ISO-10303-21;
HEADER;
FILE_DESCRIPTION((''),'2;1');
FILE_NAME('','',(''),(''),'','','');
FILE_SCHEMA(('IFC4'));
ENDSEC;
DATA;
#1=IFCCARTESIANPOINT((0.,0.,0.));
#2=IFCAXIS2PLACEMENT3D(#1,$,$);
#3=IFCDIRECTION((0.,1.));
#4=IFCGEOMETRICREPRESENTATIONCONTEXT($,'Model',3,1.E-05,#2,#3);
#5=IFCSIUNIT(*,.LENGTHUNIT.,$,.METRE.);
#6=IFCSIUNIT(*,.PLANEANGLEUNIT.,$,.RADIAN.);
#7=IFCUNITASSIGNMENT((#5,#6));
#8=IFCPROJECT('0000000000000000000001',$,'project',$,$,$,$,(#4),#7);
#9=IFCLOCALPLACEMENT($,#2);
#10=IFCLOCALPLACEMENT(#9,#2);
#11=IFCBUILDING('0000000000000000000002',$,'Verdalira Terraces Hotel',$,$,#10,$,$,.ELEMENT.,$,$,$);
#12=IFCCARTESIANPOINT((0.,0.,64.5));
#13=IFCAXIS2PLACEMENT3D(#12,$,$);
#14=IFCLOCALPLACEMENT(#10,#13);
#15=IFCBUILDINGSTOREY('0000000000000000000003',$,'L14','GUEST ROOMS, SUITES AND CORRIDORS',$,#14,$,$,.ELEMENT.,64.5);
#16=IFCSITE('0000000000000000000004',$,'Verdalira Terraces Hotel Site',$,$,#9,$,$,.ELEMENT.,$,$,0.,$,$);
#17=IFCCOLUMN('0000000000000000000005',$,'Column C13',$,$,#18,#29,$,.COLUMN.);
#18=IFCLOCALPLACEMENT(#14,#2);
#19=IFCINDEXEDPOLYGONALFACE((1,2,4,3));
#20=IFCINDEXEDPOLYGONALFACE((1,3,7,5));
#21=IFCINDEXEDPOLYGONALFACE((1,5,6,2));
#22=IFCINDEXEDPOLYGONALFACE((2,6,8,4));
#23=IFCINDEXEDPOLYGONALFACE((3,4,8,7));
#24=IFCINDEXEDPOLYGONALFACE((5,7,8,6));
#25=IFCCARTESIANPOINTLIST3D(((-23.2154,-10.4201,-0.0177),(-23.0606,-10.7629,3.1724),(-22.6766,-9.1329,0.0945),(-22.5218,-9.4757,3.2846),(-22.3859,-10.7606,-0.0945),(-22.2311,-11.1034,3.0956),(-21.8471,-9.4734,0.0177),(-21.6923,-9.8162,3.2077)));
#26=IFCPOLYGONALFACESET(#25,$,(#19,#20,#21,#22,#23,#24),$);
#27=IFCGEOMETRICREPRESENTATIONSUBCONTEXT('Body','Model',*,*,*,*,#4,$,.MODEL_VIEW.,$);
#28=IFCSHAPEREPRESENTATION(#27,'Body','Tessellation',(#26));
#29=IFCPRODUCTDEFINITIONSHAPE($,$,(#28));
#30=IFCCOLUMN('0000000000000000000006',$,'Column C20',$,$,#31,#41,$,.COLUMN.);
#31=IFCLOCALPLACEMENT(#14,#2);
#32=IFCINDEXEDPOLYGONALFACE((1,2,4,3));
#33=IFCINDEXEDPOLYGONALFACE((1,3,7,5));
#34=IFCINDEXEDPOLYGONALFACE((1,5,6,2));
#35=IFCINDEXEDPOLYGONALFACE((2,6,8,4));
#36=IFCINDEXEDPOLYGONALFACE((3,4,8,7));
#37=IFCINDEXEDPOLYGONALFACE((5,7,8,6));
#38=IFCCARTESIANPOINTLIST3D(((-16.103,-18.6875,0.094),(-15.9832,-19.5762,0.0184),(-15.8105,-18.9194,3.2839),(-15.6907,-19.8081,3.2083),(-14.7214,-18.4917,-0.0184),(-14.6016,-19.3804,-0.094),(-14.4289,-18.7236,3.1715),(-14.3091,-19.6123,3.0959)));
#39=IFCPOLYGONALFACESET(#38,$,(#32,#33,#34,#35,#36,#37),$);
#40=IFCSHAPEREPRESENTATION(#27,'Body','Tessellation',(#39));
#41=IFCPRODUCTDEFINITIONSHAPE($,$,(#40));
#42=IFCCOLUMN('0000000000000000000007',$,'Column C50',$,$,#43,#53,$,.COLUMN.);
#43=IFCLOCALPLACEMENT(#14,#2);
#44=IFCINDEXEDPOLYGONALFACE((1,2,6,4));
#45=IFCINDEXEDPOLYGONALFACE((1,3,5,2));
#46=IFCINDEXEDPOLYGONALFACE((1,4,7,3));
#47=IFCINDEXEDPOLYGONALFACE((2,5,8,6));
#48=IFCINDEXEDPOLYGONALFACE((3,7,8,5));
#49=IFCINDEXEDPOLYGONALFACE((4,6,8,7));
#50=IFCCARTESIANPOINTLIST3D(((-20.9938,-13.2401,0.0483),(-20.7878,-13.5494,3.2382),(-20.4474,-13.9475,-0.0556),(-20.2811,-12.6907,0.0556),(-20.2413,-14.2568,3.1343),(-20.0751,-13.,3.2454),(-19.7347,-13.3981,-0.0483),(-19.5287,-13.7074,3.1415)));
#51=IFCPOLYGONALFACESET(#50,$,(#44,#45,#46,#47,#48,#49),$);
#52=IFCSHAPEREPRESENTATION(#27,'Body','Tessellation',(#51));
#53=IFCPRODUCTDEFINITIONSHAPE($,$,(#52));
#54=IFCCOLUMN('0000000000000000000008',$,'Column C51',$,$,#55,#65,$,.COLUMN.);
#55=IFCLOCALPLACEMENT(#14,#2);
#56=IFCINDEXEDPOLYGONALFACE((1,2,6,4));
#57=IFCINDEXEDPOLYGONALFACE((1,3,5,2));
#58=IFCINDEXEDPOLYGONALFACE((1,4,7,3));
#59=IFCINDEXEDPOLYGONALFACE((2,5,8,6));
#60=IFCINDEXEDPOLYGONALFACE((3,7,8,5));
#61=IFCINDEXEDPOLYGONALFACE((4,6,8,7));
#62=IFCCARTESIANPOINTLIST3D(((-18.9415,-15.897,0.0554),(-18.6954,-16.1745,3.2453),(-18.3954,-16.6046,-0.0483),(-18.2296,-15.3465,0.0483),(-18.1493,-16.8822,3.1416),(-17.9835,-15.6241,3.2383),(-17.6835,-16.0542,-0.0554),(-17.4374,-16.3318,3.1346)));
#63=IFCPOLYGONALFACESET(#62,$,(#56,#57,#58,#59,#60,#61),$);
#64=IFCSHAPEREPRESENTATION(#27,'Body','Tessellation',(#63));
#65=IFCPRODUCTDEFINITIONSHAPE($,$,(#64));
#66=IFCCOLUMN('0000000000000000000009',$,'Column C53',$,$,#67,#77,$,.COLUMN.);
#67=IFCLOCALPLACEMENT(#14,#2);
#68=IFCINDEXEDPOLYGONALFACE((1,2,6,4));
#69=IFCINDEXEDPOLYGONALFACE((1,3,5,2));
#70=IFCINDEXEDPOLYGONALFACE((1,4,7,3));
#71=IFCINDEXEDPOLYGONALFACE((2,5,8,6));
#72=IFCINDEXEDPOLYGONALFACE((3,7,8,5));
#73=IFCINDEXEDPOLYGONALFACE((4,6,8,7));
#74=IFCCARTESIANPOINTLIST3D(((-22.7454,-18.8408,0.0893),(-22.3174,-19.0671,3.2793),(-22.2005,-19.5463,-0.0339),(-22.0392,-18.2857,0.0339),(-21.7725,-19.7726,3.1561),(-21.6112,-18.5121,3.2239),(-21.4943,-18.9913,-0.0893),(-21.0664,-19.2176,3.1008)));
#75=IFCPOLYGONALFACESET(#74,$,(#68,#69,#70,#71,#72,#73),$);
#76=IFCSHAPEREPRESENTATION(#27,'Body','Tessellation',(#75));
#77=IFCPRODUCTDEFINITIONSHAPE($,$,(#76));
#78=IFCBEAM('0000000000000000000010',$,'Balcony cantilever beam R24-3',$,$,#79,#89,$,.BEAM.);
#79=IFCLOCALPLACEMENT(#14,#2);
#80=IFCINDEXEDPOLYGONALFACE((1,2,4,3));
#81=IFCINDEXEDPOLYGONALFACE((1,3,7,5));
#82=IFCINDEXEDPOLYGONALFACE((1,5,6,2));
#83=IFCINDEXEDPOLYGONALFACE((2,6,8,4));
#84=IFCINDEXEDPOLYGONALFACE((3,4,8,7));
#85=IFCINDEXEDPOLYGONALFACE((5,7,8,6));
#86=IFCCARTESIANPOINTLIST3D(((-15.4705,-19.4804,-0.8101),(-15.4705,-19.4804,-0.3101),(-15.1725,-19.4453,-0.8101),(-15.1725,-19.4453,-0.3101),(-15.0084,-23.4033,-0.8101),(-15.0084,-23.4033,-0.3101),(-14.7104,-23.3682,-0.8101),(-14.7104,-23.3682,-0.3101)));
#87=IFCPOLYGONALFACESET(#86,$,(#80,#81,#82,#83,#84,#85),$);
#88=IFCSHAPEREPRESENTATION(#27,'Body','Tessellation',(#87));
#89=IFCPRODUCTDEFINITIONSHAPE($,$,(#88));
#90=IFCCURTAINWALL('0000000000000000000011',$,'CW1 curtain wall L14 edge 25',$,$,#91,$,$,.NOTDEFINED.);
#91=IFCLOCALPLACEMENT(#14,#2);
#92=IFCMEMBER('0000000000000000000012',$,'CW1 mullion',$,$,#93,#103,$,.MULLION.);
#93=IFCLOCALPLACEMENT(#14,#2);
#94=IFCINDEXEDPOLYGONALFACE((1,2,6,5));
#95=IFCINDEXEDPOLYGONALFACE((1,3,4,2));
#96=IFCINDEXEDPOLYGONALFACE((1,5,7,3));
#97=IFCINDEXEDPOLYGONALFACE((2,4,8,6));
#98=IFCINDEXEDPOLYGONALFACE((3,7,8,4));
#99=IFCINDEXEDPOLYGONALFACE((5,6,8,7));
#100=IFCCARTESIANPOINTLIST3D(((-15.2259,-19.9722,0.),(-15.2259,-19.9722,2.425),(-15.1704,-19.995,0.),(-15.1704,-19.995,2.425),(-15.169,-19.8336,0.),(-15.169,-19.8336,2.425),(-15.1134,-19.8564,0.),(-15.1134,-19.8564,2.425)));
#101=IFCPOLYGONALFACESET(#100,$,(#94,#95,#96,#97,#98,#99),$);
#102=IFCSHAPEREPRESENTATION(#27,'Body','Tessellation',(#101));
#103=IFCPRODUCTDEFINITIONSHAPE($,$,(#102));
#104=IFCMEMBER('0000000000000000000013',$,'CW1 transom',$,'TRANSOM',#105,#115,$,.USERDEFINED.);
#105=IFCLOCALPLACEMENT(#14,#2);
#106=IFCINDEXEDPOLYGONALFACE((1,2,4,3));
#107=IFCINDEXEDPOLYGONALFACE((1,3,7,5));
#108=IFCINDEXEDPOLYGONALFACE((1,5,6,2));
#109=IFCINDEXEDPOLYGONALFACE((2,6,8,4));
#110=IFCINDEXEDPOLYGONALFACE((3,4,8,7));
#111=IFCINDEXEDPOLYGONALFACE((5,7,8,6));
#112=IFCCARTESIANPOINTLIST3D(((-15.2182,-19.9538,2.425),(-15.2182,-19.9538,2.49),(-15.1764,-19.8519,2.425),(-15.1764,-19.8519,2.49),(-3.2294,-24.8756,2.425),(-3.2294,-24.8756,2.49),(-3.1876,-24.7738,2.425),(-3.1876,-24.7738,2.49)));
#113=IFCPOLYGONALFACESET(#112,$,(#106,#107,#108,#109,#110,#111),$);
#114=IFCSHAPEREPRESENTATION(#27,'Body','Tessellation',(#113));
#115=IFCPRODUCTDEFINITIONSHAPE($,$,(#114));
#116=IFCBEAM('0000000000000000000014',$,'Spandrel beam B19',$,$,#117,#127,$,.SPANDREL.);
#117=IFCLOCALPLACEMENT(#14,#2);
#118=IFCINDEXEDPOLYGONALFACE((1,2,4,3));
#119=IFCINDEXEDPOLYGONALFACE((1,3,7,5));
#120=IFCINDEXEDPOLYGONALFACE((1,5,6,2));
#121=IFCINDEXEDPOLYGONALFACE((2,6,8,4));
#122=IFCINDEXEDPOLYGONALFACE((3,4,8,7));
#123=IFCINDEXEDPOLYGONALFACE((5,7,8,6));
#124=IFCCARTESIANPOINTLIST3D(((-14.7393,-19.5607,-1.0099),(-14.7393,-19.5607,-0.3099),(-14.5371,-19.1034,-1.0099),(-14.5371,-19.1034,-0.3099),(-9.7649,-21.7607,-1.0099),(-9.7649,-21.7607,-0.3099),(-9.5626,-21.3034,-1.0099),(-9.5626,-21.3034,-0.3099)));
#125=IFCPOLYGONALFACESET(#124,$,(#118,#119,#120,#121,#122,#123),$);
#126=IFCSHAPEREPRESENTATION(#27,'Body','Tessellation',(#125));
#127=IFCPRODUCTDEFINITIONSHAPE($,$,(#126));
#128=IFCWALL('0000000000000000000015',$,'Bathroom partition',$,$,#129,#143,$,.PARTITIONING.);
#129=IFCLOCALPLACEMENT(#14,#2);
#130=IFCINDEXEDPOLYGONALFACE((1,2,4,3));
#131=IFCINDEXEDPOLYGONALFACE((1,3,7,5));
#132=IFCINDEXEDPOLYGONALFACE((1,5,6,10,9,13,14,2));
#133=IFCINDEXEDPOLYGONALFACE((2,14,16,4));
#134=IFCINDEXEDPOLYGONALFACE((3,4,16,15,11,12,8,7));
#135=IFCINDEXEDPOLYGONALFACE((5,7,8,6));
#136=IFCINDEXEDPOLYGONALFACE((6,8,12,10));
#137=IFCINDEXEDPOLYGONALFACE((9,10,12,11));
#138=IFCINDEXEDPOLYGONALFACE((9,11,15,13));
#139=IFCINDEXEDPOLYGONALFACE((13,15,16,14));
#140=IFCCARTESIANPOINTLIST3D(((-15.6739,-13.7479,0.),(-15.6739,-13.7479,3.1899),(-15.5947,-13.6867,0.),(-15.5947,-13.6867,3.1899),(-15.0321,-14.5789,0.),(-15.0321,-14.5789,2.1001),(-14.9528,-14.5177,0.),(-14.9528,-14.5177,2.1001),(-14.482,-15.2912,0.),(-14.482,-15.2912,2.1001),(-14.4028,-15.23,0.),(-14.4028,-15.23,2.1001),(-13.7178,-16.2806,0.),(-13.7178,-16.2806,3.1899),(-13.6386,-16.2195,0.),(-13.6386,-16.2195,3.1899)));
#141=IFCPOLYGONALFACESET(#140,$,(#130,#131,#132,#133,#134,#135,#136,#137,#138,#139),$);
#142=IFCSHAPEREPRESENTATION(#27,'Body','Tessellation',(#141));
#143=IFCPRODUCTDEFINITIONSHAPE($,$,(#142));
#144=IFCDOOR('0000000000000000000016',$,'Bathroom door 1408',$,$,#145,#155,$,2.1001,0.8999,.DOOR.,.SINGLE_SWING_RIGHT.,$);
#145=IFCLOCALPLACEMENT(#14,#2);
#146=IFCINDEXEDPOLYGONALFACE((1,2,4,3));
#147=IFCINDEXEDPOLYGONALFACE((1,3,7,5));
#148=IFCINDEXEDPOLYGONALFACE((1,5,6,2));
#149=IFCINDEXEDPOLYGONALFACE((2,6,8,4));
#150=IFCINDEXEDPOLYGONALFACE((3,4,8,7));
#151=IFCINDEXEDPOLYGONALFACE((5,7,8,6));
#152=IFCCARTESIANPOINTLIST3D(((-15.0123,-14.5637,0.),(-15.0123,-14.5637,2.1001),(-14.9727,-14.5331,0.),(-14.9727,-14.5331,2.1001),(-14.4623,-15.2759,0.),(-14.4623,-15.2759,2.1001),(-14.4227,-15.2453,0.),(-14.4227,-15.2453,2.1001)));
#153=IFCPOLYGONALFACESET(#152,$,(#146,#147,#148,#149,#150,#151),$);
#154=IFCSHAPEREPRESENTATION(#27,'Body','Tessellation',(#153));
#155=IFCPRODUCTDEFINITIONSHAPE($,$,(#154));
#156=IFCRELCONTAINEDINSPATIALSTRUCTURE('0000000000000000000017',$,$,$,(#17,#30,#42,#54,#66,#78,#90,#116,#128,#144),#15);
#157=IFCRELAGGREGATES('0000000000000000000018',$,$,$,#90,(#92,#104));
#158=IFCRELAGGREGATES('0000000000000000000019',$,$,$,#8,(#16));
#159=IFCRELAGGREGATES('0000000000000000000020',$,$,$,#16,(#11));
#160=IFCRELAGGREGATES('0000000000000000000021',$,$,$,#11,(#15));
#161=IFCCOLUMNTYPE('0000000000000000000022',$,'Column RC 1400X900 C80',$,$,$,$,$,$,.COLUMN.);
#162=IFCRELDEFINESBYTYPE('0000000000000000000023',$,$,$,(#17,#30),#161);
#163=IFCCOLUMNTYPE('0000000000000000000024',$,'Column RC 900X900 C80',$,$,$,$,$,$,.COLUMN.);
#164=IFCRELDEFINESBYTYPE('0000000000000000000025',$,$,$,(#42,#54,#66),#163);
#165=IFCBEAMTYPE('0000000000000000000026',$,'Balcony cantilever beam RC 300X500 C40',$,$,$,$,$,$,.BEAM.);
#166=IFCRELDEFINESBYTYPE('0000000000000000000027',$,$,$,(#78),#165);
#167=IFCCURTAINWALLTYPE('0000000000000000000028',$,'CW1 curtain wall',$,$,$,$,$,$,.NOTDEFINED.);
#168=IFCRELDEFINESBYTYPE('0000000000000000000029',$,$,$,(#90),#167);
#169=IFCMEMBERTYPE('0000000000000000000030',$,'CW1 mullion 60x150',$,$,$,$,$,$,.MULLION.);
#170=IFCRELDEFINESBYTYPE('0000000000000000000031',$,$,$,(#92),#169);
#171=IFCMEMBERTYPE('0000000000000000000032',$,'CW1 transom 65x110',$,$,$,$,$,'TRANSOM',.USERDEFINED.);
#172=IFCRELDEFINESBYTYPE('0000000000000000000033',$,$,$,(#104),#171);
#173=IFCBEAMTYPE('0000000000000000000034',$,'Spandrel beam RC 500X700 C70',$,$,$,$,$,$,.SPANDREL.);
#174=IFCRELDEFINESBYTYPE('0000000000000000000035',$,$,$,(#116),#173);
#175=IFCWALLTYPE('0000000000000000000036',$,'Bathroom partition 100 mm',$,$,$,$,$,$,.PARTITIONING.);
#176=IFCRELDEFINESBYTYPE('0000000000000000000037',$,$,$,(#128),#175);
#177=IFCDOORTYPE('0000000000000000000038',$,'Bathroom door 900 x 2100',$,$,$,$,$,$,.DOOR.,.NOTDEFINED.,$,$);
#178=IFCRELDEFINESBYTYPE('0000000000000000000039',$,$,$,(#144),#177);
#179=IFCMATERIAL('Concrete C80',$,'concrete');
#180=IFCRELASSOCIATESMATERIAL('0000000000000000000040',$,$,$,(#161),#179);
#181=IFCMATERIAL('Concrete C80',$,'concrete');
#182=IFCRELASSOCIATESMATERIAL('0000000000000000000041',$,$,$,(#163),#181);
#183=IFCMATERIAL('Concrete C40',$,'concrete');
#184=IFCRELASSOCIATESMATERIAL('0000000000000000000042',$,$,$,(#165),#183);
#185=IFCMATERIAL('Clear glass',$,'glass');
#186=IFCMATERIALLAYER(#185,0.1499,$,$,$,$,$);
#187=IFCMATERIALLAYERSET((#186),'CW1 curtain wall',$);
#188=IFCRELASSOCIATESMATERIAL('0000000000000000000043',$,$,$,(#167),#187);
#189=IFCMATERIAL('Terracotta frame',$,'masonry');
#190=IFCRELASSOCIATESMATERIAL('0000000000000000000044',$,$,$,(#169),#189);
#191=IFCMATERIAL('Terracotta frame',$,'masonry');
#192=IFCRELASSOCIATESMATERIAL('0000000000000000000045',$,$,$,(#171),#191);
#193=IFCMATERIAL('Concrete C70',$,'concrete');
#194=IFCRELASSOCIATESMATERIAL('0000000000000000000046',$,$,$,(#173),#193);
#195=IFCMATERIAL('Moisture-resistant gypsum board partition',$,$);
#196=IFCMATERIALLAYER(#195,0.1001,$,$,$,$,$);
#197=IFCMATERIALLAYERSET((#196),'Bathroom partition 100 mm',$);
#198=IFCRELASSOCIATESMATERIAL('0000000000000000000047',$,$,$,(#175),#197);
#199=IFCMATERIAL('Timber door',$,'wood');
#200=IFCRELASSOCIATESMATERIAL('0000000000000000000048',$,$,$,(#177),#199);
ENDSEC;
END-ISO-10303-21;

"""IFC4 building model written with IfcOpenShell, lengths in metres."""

from ifc_helpers import new_model, si_unit, direction, frame, frame_2d, origin, origin_2d, place, context, subcontext, project, spatial, rectangle, extrude, material, layer, layer_set, material_profile, profile_set, type_object, element, fill, aggregate, save


model = new_model("IFC4")

# Units and contexts
model_context = context("Model", 3, precision=1e-05, world=origin(), true_north=direction((0.0, 1.0)))
body_context = subcontext(model_context, "Body", "Model", "MODEL_VIEW")
ifc_project = project(units=[si_unit("LENGTHUNIT", "METRE"), si_unit("PLANEANGLEUNIT", "RADIAN")], contexts=[model_context])

# Site, building, storey
site_placement = place(None, origin())
site = spatial("IfcSite", under=ifc_project, at=site_placement, Name="Verdalira Terraces Hotel Site", CompositionType="ELEMENT", RefElevation=0.0)
building_placement = place(site_placement, origin())
building = spatial("IfcBuilding", under=site, at=building_placement, Name="Verdalira Terraces Hotel", CompositionType="ELEMENT")
storey_placement = place(building_placement, frame((0.0, 0.0, 64.5)))
storey = spatial("IfcBuildingStorey", under=building, at=storey_placement, Name="L14", Description="GUEST ROOMS, SUITES AND CORRIDORS", CompositionType="ELEMENT", Elevation=64.5)

# Columns
ifc_material_1 = material(Name="Concrete C80", Category="concrete")
ifc_material_profile_1 = material_profile(ifc_material_1, rectangle(XDim=1.3999, YDim=0.8999, at=origin_2d()), Name="RC 1400X900")
ifc_profile_set_1 = profile_set([ifc_material_profile_1], Name="Concrete C80")
column_type_1 = type_object("IfcColumnType", Name="Column RC 1400X900 C80", PredefinedType="COLUMN", material=ifc_profile_set_1)
column_1_placement = place(storey_placement, frame((-22.5312, -9.9468, 0.0), z_axis=(0.048189, -0.106715, 0.993121), x_axis=(0.384858, 0.919491, 0.080129)))
element("IfcColumn", 1, at=column_1_placement, inside=storey, type_object=column_type_1, Name="Column C13", PredefinedType="COLUMN", context=body_context, shape_type="SweptSolid", body=[
    extrude(rectangle(XDim=1.3999, YDim=0.8999, at=origin_2d()), origin(), (0.0, 0.0, 1.0), 3.2122),
])
column_2_placement = place(storey_placement, frame((-15.3523, -19.0339, 0.0), z_axis=(0.091067, -0.072215, 0.993223), x_axis=(-0.986912, -0.139831, 0.080322)))
element("IfcColumn", 2, at=column_2_placement, inside=storey, type_object=column_type_1, Name="Column C20", PredefinedType="COLUMN", context=body_context, shape_type="SweptSolid", body=[
    extrude(rectangle(XDim=1.3999, YDim=0.8999, at=origin_2d()), origin(), (0.0, 0.0, 1.0), 3.2117),
])
ifc_material_2 = material(Name="Concrete C80", Category="concrete")
ifc_material_profile_2 = material_profile(ifc_material_2, rectangle(XDim=0.8999, YDim=0.8999, at=origin_2d()), Name="RC 900X900")
ifc_profile_set_2 = profile_set([ifc_material_profile_2], Name="Concrete C80")
column_type_2 = type_object("IfcColumnType", Name="Column RC 900X900 C80", PredefinedType="COLUMN", material=ifc_profile_set_2)
for number, where, z_axis, x_axis, name in (
    (3, (-20.3643, -13.3191, 0.0), (0.064161, -0.096318, 0.993281), (-0.791953, -0.610529, -0.008046), "Column C50"),
    (4, (-18.3125, -15.9756, 0.0), (0.07663, -0.086437, 0.993306), (-0.791096, -0.611642, 0.007806), "Column C51"),
):
    element("IfcColumn", number, at=place(storey_placement, frame(where, z_axis=z_axis, x_axis=x_axis)), inside=storey, type_object=column_type_2, Name=name, PredefinedType="COLUMN", context=body_context, shape_type="SweptSolid", body=[
        extrude(rectangle(XDim=0.8999, YDim=0.8999, at=origin_2d()), origin(), (0.0, 0.0, 1.0), 3.2114),
    ])
column_3_placement = place(storey_placement, frame((-22.1199, -18.916, 0.0), z_axis=(0.132646, -0.070144, 0.988678), x_axis=(-0.784722, -0.616787, 0.061523)))
element("IfcColumn", 5, at=column_3_placement, inside=storey, type_object=column_type_2, Name="Column C53", PredefinedType="COLUMN", context=body_context, shape_type="SweptSolid", body=[
    extrude(rectangle(XDim=0.8999, YDim=0.8999, at=origin_2d()), origin(), (0.0, 0.0, 1.0), 3.2266),
])

# Beam
ifc_material_3 = material(Name="Concrete C40", Category="concrete")
ifc_material_profile_3 = material_profile(ifc_material_3, rectangle(XDim=0.3, YDim=0.5, at=origin_2d()), Name="RC 300X500")
ifc_profile_set_3 = profile_set([ifc_material_profile_3], Name="Concrete C40")
beam_type_1 = type_object("IfcBeamType", Name="Balcony cantilever beam RC 300X500 C40", PredefinedType="BEAM", material=ifc_profile_set_3)
beam_1_placement = place(storey_placement, frame((-15.3215, -19.4629, -0.5601), z_axis=(0.117003, -0.993132, 0.0), x_axis=(0.993132, 0.117003, 0.0)))
element("IfcBeam", 6, at=beam_1_placement, inside=storey, type_object=beam_type_1, Name="Balcony cantilever beam R24-3", PredefinedType="BEAM", context=body_context, shape_type="SweptSolid", body=[
    extrude(rectangle(XDim=0.3, YDim=0.5, at=origin_2d()), origin(), (0.0, 0.0, 1.0), 3.95),
])

# Curtain wall, members
ifc_material_4 = material(Name="Clear glass", Category="glass")
ifc_layer_1 = layer(ifc_material_4, 0.1499)
ifc_layer_set_1 = layer_set([ifc_layer_1], Name="CW1 curtain wall")
curtain_wall_type = type_object("IfcCurtainWallType", Name="CW1 curtain wall", PredefinedType="NOTDEFINED", material=ifc_layer_set_1)
curtain_wall_placement = place(storey_placement, origin())
curtain_wall = element("IfcCurtainWall", 7, at=curtain_wall_placement, inside=storey, type_object=curtain_wall_type, Name="CW1 curtain wall L14 edge 25", PredefinedType="NOTDEFINED")
ifc_material_5 = material(Name="Terracotta frame", Category="masonry")
ifc_material_profile_4 = material_profile(ifc_material_5, rectangle(XDim=0.0601, YDim=0.1499, at=origin_2d()), Name="MU 60x150")
ifc_profile_set_4 = profile_set([ifc_material_profile_4], Name="Terracotta frame")
member_type_1 = type_object("IfcMemberType", Name="CW1 mullion 60x150", PredefinedType="MULLION", material=ifc_profile_set_4)
member_1_placement = place(storey_placement, frame((-15.1697, -19.9143, 0.0), z_axis=(0.0, 0.0, 1.0), x_axis=(0.925077, -0.379779, 0.0)))
member_1 = element("IfcMember", 8, at=member_1_placement, type_object=member_type_1, Name="CW1 mullion", PredefinedType="MULLION", context=body_context, shape_type="SweptSolid", body=[
    extrude(rectangle(XDim=0.0601, YDim=0.1499, at=origin_2d()), origin(), (0.0, 0.0, 1.0), 2.425),
])
ifc_material_6 = material(Name="Terracotta frame", Category="masonry")
ifc_material_profile_5 = material_profile(ifc_material_6, rectangle(XDim=0.1101, YDim=0.0649, at=origin_2d()), Name="TR 65x110")
ifc_profile_set_5 = profile_set([ifc_material_profile_5], Name="Terracotta frame")
member_type_2 = type_object("IfcMemberType", Name="CW1 transom 65x110", ElementType="TRANSOM", PredefinedType="USERDEFINED", material=ifc_profile_set_5)
member_2_placement = place(storey_placement, frame((-15.1973, -19.9028, 2.4575), z_axis=(0.925076, -0.379781, 0.0), x_axis=(0.379781, 0.925076, 0.0)))
member_2 = element("IfcMember", 9, at=member_2_placement, type_object=member_type_2, Name="CW1 transom", ObjectType="TRANSOM", PredefinedType="USERDEFINED", context=body_context, shape_type="SweptSolid", body=[
    extrude(rectangle(XDim=0.1101, YDim=0.0649, at=origin_2d()), origin(), (0.0, 0.0, 1.0), 12.9597),
])
aggregate(curtain_wall, [member_1, member_2])

# Beam
ifc_material_7 = material(Name="Concrete C70", Category="concrete")
ifc_material_profile_6 = material_profile(ifc_material_7, rectangle(XDim=0.5, YDim=0.7, at=origin_2d()), Name="RC 500X700")
ifc_profile_set_6 = profile_set([ifc_material_profile_6], Name="Concrete C70")
beam_type_2 = type_object("IfcBeamType", Name="Spandrel beam RC 500X700 C70", PredefinedType="SPANDREL", material=ifc_profile_set_6)
beam_2_placement = place(storey_placement, frame((-14.6382, -19.332, -0.6599), z_axis=(0.914552, -0.404468, 0.0), x_axis=(0.404468, 0.914552, 0.0)))
element("IfcBeam", 10, at=beam_2_placement, inside=storey, type_object=beam_type_2, Name="Spandrel beam B19", PredefinedType="SPANDREL", context=body_context, shape_type="SweptSolid", body=[
    extrude(rectangle(XDim=0.5, YDim=0.7, at=origin_2d()), origin(), (0.0, 0.0, 1.0), 5.4392),
])

# Wall, opening, door
ifc_material_8 = material(Name="Moisture-resistant gypsum board partition")
ifc_layer_2 = layer(ifc_material_8, 0.1001)
ifc_layer_set_2 = layer_set([ifc_layer_2], Name="Bathroom partition 100 mm")
wall_type_1 = type_object("IfcWallType", Name="Bathroom partition 100 mm", PredefinedType="PARTITIONING", material=ifc_layer_set_2)
wall_1_placement = place(storey_placement, frame((-15.6343, -13.7173, 0.0), z_axis=(0.0, 0.0, 1.0), x_axis=(0.611243, -0.791443, 0.0)))
wall_1 = element("IfcWall", 11, at=wall_1_placement, inside=storey, type_object=wall_type_1, Name="Bathroom partition", PredefinedType="PARTITIONING", context=body_context, shape_type="SweptSolid", body=[
    extrude(rectangle(XDim=3.2002, YDim=0.1001, at=frame_2d((1.6001, 0.0))), origin(), (0.0, 0.0, 1.0), 3.1899),
])
opening_1_placement = place(wall_1_placement, frame((1.05, 0.0, 0.0)))
opening_1 = element("IfcOpeningElement", 12, at=opening_1_placement, cuts=wall_1, PredefinedType="OPENING", context=body_context, shape_type="SweptSolid", body=[
    extrude(rectangle(XDim=0.8999, YDim=2.1001, at=frame_2d((0.45, 1.05))), frame((0.0, 0.0601, 0.0), z_axis=(0.0, -1.0, 0.0), x_axis=(1.0, 0.0, 0.0)), (0.0, 0.0, 1.0), 0.1201),
])
ifc_material_9 = material(Name="Timber door", Category="wood")
door_type_1 = type_object("IfcDoorType", Name="Bathroom door 900 x 2100", OperationType="NOTDEFINED", PredefinedType="DOOR", material=ifc_material_9)
door_1_placement = place(opening_1_placement, origin())
door_1 = element("IfcDoor", 13, at=door_1_placement, inside=storey, type_object=door_type_1, Name="Bathroom door 1408", OperationType="SINGLE_SWING_RIGHT", OverallHeight=2.1001, OverallWidth=0.8999, PredefinedType="DOOR", context=body_context, shape_type="SweptSolid", body=[
    extrude(rectangle(XDim=0.8999, YDim=2.1001, at=frame_2d((0.45, 1.05))), frame((0.0, 0.0249, 0.0), z_axis=(0.0, -1.0, 0.0), x_axis=(1.0, 0.0, 0.0)), (0.0, 0.0, 1.0), 0.05),
])
fill(opening_1, door_1)

save(model, "model.ifc")
